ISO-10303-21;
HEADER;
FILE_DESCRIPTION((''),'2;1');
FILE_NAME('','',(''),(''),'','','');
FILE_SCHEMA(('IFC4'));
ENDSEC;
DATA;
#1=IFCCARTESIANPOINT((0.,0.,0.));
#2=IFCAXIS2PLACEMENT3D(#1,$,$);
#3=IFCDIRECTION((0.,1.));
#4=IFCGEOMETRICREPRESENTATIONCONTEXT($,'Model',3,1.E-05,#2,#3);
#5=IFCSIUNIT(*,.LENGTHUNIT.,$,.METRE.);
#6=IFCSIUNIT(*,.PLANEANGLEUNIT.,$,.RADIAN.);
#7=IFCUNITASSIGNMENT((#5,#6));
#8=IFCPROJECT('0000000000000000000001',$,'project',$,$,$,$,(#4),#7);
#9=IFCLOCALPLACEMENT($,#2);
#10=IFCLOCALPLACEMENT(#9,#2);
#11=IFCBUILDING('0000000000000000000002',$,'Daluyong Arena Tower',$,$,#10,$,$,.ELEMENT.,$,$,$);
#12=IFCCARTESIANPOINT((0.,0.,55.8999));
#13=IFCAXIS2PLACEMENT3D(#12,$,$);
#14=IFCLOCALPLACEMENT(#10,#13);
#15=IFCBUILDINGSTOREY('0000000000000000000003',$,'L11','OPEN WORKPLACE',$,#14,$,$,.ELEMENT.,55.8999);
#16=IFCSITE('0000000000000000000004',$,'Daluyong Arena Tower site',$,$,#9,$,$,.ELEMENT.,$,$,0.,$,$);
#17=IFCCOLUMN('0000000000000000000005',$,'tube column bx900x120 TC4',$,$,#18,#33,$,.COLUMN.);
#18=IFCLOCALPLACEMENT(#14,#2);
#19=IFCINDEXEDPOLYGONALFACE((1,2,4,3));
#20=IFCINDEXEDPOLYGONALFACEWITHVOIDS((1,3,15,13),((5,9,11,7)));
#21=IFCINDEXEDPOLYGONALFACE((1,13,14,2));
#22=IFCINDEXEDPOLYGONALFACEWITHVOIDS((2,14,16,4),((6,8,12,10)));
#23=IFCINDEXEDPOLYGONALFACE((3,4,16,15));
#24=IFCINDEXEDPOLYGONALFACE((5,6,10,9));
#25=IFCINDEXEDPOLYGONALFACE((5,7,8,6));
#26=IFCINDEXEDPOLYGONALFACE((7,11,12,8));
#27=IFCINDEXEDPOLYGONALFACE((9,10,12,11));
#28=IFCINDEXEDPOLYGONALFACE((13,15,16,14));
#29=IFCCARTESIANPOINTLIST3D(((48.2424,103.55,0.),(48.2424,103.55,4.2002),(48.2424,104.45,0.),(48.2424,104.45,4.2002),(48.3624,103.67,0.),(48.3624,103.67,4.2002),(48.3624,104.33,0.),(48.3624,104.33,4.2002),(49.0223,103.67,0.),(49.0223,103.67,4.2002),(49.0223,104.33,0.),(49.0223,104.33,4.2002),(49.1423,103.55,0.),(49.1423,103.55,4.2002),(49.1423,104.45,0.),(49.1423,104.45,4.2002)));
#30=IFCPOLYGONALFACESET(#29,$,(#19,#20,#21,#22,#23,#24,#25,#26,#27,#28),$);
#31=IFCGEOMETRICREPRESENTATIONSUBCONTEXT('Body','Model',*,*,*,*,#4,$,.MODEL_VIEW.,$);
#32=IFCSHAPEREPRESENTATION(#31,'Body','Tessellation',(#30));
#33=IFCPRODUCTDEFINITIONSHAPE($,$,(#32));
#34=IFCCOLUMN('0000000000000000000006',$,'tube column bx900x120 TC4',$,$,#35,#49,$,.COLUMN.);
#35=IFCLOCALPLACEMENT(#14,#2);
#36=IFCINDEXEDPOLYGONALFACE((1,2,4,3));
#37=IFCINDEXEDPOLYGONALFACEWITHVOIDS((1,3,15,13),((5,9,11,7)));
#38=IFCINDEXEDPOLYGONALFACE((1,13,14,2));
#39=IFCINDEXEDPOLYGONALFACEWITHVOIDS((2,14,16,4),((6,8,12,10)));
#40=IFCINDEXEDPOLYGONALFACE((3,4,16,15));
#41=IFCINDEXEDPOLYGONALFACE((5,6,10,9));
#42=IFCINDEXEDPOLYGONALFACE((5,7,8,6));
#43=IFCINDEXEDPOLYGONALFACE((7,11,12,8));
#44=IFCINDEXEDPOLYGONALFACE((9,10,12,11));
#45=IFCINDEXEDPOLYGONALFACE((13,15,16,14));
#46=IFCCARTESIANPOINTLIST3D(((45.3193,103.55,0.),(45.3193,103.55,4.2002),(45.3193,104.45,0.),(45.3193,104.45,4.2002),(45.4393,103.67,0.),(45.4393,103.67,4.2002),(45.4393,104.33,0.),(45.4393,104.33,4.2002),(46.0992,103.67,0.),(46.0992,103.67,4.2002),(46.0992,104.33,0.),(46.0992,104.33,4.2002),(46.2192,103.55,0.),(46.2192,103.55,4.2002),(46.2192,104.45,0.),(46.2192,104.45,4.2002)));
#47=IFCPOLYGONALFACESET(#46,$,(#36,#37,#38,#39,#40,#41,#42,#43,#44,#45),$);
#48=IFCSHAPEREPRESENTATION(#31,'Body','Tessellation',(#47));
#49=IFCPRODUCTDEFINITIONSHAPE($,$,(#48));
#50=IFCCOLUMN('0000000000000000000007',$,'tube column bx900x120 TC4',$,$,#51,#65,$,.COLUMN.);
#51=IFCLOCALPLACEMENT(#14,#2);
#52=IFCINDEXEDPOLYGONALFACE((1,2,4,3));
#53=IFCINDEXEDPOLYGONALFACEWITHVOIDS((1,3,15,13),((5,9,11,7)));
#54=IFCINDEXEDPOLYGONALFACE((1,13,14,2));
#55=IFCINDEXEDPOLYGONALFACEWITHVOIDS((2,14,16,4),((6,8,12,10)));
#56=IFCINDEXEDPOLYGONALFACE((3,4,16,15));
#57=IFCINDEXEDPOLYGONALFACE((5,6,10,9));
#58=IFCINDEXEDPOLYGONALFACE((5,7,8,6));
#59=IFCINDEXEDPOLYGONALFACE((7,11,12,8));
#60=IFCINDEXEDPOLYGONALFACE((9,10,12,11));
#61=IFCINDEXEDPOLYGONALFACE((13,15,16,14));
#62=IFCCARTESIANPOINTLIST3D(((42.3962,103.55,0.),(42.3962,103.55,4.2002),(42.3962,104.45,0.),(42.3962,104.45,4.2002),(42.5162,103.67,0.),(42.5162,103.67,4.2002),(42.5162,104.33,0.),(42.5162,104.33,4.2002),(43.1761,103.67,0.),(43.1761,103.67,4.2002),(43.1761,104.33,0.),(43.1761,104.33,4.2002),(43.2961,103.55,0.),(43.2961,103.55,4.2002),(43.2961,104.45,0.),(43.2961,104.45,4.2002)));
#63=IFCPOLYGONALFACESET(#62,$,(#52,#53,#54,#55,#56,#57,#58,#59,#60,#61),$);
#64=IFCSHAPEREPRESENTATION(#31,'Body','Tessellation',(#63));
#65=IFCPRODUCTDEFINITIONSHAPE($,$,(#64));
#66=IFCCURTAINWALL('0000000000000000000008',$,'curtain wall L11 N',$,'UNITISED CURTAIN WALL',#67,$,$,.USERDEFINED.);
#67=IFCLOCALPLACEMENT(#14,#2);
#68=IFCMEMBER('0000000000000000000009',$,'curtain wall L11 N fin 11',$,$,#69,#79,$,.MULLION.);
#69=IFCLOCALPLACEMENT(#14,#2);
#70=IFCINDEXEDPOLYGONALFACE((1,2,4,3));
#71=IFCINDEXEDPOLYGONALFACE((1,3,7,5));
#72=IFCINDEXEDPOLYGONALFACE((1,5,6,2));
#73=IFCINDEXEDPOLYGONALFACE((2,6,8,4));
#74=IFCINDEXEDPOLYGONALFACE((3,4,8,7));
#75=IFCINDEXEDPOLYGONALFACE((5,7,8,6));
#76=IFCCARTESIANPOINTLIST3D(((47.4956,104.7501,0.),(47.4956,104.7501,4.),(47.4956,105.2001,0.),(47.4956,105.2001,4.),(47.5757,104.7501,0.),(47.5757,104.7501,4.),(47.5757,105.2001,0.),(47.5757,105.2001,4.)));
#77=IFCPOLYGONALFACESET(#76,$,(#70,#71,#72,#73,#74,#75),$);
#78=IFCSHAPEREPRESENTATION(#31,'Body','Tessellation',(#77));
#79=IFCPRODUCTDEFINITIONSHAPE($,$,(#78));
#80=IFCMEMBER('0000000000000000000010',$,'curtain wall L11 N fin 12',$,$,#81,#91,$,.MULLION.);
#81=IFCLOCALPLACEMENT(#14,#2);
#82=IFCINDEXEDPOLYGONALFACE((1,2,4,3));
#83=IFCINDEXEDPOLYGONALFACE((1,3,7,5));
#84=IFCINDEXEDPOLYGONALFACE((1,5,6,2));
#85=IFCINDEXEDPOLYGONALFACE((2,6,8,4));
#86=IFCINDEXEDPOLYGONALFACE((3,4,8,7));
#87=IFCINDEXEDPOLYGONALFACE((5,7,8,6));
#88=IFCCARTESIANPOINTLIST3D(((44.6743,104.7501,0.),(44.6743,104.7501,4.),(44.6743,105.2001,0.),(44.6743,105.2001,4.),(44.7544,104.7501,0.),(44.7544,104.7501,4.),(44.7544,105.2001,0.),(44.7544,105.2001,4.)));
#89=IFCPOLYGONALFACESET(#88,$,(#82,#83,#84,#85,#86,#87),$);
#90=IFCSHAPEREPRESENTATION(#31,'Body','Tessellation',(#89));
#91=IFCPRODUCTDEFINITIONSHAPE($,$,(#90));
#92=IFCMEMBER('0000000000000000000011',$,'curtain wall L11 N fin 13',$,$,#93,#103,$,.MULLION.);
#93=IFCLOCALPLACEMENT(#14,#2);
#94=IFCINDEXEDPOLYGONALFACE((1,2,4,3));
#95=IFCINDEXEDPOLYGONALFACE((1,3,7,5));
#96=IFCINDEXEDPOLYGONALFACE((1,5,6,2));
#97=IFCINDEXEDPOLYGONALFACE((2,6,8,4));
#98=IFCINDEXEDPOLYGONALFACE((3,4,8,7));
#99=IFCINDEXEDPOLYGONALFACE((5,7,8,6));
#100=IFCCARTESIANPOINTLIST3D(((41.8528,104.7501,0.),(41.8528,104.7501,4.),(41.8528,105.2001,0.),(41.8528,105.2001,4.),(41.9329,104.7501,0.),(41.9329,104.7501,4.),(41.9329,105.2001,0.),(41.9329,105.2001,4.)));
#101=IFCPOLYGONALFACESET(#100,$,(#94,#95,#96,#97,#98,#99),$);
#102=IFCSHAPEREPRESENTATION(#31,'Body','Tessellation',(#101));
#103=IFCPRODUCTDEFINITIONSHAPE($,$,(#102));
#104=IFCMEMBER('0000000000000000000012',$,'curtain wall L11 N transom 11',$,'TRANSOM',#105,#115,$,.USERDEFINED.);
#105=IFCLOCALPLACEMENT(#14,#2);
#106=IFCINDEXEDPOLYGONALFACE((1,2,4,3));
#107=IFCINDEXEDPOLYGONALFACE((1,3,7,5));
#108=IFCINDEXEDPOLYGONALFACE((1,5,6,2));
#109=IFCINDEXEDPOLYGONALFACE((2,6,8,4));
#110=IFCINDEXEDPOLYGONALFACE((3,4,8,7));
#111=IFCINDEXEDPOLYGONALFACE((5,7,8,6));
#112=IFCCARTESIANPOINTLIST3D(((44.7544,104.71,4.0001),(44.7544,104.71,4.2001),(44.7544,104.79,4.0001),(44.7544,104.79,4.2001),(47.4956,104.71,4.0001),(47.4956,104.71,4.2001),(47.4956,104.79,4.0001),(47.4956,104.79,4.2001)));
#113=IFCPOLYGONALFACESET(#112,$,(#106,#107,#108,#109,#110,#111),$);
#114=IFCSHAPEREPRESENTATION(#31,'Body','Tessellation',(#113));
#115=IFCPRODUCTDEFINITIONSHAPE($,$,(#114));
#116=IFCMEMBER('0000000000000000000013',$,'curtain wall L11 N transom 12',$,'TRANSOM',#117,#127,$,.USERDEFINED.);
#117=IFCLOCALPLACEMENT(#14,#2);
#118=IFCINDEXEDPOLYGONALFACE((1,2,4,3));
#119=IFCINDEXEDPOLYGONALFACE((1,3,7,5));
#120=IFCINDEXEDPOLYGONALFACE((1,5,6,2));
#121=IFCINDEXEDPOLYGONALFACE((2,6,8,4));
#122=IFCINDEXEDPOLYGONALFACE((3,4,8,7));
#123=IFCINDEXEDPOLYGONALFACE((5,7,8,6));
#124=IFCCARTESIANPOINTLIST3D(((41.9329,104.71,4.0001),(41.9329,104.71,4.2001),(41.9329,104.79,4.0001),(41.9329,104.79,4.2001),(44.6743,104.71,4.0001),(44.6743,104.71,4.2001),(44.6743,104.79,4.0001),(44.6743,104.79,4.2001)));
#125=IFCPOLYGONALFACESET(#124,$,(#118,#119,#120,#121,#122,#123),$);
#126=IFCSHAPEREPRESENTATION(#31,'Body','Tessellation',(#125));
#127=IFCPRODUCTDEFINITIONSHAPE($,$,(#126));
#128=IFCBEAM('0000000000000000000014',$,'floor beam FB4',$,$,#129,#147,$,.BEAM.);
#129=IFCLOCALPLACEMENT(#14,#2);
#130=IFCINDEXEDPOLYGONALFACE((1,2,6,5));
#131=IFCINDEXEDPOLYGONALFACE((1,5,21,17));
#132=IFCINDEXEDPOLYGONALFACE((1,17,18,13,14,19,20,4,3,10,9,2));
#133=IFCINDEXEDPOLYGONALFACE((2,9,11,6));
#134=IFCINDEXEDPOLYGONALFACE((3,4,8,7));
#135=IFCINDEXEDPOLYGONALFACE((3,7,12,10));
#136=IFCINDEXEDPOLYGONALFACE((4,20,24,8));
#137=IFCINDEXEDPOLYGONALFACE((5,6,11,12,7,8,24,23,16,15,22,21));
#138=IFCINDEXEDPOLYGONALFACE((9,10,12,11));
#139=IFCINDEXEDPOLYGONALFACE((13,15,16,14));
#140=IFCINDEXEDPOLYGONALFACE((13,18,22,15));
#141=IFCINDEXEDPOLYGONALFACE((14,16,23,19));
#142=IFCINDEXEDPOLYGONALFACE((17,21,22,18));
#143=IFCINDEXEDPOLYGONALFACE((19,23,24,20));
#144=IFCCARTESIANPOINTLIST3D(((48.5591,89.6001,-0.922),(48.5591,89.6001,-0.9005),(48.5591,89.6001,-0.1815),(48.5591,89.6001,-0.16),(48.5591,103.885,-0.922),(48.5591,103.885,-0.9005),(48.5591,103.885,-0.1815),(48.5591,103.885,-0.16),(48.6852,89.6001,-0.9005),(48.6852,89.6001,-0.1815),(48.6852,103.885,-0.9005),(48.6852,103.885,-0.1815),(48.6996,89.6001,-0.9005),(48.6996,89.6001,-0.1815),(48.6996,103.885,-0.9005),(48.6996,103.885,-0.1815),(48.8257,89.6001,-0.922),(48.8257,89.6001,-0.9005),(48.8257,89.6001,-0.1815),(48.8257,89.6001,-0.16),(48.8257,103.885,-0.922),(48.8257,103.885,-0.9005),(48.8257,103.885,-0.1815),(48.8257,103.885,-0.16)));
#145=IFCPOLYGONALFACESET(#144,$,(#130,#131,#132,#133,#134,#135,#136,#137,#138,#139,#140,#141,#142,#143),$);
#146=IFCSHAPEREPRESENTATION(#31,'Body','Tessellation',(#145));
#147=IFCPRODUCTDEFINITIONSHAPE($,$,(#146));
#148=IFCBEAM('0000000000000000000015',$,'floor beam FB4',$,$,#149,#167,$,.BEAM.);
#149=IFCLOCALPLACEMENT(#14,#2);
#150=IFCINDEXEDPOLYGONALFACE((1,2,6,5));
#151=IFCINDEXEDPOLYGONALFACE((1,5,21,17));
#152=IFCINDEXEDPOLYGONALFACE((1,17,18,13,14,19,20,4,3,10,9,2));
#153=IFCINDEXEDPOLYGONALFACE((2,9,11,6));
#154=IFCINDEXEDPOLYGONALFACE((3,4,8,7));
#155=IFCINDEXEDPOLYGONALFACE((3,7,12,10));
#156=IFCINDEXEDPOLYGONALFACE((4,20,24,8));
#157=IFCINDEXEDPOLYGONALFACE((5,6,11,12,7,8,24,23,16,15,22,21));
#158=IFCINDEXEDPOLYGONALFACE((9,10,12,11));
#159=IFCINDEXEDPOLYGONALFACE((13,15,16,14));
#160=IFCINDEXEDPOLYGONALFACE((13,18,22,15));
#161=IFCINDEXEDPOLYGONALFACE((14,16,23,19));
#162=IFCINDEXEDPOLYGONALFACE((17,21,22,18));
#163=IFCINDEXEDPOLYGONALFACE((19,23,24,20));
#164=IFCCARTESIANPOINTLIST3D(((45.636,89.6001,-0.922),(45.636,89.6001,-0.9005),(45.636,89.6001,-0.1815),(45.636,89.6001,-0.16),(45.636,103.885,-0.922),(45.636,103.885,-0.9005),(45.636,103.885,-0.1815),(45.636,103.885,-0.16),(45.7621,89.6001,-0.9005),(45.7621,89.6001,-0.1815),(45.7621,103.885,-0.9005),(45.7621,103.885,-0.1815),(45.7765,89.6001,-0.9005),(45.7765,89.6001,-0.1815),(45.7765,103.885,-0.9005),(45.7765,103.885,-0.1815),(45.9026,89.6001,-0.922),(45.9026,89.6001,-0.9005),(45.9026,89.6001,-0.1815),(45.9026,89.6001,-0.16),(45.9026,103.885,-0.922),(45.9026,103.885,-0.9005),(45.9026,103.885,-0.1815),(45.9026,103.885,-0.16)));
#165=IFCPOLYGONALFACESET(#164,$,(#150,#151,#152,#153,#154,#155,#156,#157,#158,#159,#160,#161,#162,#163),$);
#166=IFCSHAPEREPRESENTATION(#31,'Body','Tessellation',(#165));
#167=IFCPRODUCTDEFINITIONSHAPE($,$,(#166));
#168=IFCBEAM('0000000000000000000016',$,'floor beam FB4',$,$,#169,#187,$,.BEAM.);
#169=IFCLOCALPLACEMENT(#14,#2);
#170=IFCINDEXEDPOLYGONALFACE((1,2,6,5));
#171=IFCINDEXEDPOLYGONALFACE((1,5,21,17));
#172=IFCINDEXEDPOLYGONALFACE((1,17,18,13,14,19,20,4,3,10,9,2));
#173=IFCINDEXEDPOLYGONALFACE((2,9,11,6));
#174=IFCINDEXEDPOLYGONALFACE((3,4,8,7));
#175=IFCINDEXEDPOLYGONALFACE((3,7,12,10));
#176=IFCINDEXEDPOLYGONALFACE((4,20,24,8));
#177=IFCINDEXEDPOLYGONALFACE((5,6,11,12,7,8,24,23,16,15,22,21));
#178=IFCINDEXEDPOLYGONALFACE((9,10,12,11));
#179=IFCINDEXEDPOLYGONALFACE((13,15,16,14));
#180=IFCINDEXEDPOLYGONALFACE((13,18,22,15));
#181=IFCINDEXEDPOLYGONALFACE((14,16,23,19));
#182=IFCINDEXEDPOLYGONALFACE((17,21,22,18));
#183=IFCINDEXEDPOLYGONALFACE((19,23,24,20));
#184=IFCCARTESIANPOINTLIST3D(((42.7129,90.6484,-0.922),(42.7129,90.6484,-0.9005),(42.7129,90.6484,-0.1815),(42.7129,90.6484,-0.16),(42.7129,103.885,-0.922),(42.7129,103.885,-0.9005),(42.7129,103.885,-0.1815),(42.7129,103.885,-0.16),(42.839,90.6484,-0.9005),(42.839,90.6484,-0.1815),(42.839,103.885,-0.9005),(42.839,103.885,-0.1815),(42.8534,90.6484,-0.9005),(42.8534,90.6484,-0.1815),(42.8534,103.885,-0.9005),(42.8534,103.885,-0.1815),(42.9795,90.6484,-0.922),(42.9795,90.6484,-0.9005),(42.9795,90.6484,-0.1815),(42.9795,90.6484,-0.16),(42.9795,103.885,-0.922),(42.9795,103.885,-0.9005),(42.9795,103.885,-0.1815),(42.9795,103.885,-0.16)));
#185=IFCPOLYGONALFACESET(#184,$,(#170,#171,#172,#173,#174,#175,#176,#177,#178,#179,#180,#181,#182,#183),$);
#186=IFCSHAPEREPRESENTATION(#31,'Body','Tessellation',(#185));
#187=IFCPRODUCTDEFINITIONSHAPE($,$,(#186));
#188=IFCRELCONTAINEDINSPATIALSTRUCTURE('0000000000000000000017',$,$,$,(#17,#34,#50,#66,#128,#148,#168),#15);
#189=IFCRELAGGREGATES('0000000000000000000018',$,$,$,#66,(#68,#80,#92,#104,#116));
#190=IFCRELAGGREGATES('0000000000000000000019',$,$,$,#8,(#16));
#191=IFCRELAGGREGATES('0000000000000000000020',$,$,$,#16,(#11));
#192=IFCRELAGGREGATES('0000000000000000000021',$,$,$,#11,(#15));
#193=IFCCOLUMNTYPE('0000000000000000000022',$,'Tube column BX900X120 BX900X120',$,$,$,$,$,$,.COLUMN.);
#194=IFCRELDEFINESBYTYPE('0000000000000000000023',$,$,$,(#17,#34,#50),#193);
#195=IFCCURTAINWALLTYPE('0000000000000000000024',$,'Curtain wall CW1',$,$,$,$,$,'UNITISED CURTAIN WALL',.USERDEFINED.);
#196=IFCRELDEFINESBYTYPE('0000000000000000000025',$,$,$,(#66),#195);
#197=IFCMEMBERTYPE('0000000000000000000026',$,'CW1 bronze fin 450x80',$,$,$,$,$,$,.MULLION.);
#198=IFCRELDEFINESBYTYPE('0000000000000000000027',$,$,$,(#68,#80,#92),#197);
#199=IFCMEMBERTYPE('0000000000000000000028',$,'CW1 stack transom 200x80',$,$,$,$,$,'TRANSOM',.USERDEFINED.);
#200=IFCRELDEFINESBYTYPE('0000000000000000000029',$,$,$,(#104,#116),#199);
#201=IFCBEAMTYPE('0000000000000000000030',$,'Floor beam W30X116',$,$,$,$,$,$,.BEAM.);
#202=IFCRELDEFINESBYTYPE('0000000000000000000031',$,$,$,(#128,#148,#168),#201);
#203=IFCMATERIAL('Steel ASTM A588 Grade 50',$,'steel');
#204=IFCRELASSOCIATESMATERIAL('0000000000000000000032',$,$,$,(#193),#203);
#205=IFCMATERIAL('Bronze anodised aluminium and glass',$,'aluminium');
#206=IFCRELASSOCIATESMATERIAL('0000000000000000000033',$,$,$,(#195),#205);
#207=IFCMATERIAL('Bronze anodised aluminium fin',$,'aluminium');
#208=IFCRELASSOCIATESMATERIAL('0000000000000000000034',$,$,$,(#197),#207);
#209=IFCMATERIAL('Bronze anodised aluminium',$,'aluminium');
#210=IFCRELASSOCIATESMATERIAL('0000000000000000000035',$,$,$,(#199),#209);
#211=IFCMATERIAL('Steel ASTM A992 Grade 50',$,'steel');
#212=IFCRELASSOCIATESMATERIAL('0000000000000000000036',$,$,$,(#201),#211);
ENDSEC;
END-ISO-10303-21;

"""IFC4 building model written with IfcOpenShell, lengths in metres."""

from ifc_helpers import new_model, si_unit, direction, frame, origin, origin_2d, place, context, subcontext, project, spatial, rectangle, hollow_rectangle, i_section, extrude, material, material_profile, profile_set, type_object, element, aggregate, save


model = new_model("IFC4")

# Units and contexts
model_context = context("Model", 3, precision=1e-05, world=origin(), true_north=direction((0.0, 1.0)))
body_context = subcontext(model_context, "Body", "Model", "MODEL_VIEW")
ifc_project = project(units=[si_unit("LENGTHUNIT", "METRE"), si_unit("PLANEANGLEUNIT", "RADIAN")], contexts=[model_context])

# Site, building, storey
site_placement = place(None, origin())
site = spatial("IfcSite", under=ifc_project, at=site_placement, Name="Daluyong Arena Tower site", CompositionType="ELEMENT", RefElevation=0.0)
building_placement = place(site_placement, origin())
building = spatial("IfcBuilding", under=site, at=building_placement, Name="Daluyong Arena Tower", CompositionType="ELEMENT")
storey_placement = place(building_placement, frame((0.0, 0.0, 55.8999)))
storey = spatial("IfcBuildingStorey", under=building, at=storey_placement, Name="L11", Description="OPEN WORKPLACE", CompositionType="ELEMENT", Elevation=55.8999)

# Columns
ifc_material_1 = material(Name="Steel ASTM A588 Grade 50", Category="steel")
ifc_material_profile_1 = material_profile(ifc_material_1, hollow_rectangle(XDim=0.8999, YDim=0.8999, WallThickness=0.12, at=origin_2d()))
ifc_profile_set_1 = profile_set([ifc_material_profile_1], Name="Steel ASTM A588 Grade 50")
column_type = type_object("IfcColumnType", Name="Tube column BX900X120 BX900X120", PredefinedType="COLUMN", material=ifc_profile_set_1)
for number, where, z_axis, x_axis, name in (
    (1, (48.6924, 104.0, 0.0), (0.0, 0.0, 1.0), (1.0, 0.0, 0.0), "tube column bx900x120 TC4"),
    (2, (45.7693, 104.0, 0.0), (0.0, 0.0, 1.0), (1.0, 0.0, 0.0), "tube column bx900x120 TC4"),
    (3, (42.8462, 104.0, 0.0), (0.0, 0.0, 1.0), (1.0, 0.0, 0.0), "tube column bx900x120 TC4"),
):
    element("IfcColumn", number, at=place(storey_placement, frame(where, z_axis=z_axis, x_axis=x_axis)), inside=storey, type_object=column_type, Name=name, PredefinedType="COLUMN", context=body_context, shape_type="SweptSolid", body=[
        extrude(hollow_rectangle(XDim=0.8999, YDim=0.8999, WallThickness=0.12, at=origin_2d()), origin(), (0.0, 0.0, 1.0), 4.2002),
    ])

# Curtain wall, members
ifc_material_2 = material(Name="Bronze anodised aluminium and glass", Category="aluminium")
curtain_wall_type = type_object("IfcCurtainWallType", Name="Curtain wall CW1", ElementType="UNITISED CURTAIN WALL", PredefinedType="USERDEFINED", material=ifc_material_2)
curtain_wall_placement = place(storey_placement, origin())
curtain_wall = element("IfcCurtainWall", 4, at=curtain_wall_placement, inside=storey, type_object=curtain_wall_type, Name="curtain wall L11 N", ObjectType="UNITISED CURTAIN WALL", PredefinedType="USERDEFINED")
ifc_material_3 = material(Name="Bronze anodised aluminium fin", Category="aluminium")
ifc_material_profile_2 = material_profile(ifc_material_3, rectangle(XDim=0.45, YDim=0.0801, at=origin_2d()))
ifc_profile_set_2 = profile_set([ifc_material_profile_2], Name="Bronze anodised aluminium fin")
member_type_1 = type_object("IfcMemberType", Name="CW1 bronze fin 450x80", PredefinedType="MULLION", material=ifc_profile_set_2)
member_1_placement = place(storey_placement, frame((47.5356, 104.9751, 0.0), z_axis=(0.0, 0.0, 1.0), x_axis=(0.0, -1.0, 0.0)))
member_1 = element("IfcMember", 5, at=member_1_placement, type_object=member_type_1, Name="curtain wall L11 N fin 11", PredefinedType="MULLION", context=body_context, shape_type="SweptSolid", body=[
    extrude(rectangle(XDim=0.45, YDim=0.0801, at=origin_2d()), origin(), (0.0, 0.0, 1.0), 4.0),
])
member_2_placement = place(storey_placement, frame((44.7144, 104.9751, 0.0), z_axis=(0.0, 0.0, 1.0), x_axis=(0.0, -1.0, 0.0)))
member_2 = element("IfcMember", 6, at=member_2_placement, type_object=member_type_1, Name="curtain wall L11 N fin 12", PredefinedType="MULLION", context=body_context, shape_type="SweptSolid", body=[
    extrude(rectangle(XDim=0.45, YDim=0.0801, at=origin_2d()), origin(), (0.0, 0.0, 1.0), 4.0),
])
member_3_placement = place(storey_placement, frame((41.8928, 104.9751, 0.0), z_axis=(0.0, 0.0, 1.0), x_axis=(0.0, -1.0, 0.0)))
member_3 = element("IfcMember", 7, at=member_3_placement, type_object=member_type_1, Name="curtain wall L11 N fin 13", PredefinedType="MULLION", context=body_context, shape_type="SweptSolid", body=[
    extrude(rectangle(XDim=0.45, YDim=0.0801, at=origin_2d()), origin(), (0.0, 0.0, 1.0), 4.0),
])
ifc_material_4 = material(Name="Bronze anodised aluminium", Category="aluminium")
ifc_material_profile_3 = material_profile(ifc_material_4, rectangle(XDim=0.0801, YDim=0.2, at=origin_2d()))
ifc_profile_set_3 = profile_set([ifc_material_profile_3], Name="Bronze anodised aluminium")
member_type_2 = type_object("IfcMemberType", Name="CW1 stack transom 200x80", ElementType="TRANSOM", PredefinedType="USERDEFINED", material=ifc_profile_set_3)
member_4_placement = place(storey_placement, frame((47.4956, 104.75, 4.1001), z_axis=(-1.0, 0.0, 0.0), x_axis=(0.0, -1.0, 0.0)))
member_4 = element("IfcMember", 8, at=member_4_placement, type_object=member_type_2, Name="curtain wall L11 N transom 11", ObjectType="TRANSOM", PredefinedType="USERDEFINED", context=body_context, shape_type="SweptSolid", body=[
    extrude(rectangle(XDim=0.0801, YDim=0.2, at=origin_2d()), origin(), (0.0, 0.0, 1.0), 2.7412),
])
member_5_placement = place(storey_placement, frame((44.6743, 104.75, 4.1001), z_axis=(-1.0, 0.0, 0.0), x_axis=(0.0, -1.0, 0.0)))
member_5 = element("IfcMember", 9, at=member_5_placement, type_object=member_type_2, Name="curtain wall L11 N transom 12", ObjectType="TRANSOM", PredefinedType="USERDEFINED", context=body_context, shape_type="SweptSolid", body=[
    extrude(rectangle(XDim=0.0801, YDim=0.2, at=origin_2d()), origin(), (0.0, 0.0, 1.0), 2.7415),
])

# Beams
ifc_material_5 = material(Name="Steel ASTM A992 Grade 50", Category="steel")
ifc_material_profile_4 = material_profile(ifc_material_5, i_section(OverallWidth=0.2666, OverallDepth=0.762, WebThickness=0.0144, FlangeThickness=0.0215, at=origin_2d()))
ifc_profile_set_4 = profile_set([ifc_material_profile_4], Name="Steel ASTM A992 Grade 50")
beam_type_1 = type_object("IfcBeamType", Name="Floor beam W30X116", PredefinedType="BEAM", material=ifc_profile_set_4)
for number, where, z_axis, x_axis, name in (
    (10, (48.6924, 103.885, -0.541), (0.0, -1.0, 0.0), (1.0, 0.0, 0.0), "floor beam FB4"),
    (11, (45.7693, 103.885, -0.541), (0.0, -1.0, 0.0), (1.0, 0.0, 0.0), "floor beam FB4"),
):
    element("IfcBeam", number, at=place(storey_placement, frame(where, z_axis=z_axis, x_axis=x_axis)), inside=storey, type_object=beam_type_1, Name=name, PredefinedType="BEAM", context=body_context, shape_type="SweptSolid", body=[
        extrude(i_section(OverallWidth=0.2666, OverallDepth=0.762, WebThickness=0.0144, FlangeThickness=0.0215, at=origin_2d()), origin(), (0.0, 0.0, 1.0), 14.2849),
    ])
beam_placement = place(storey_placement, frame((42.8462, 103.885, -0.541), z_axis=(0.0, -1.0, 0.0), x_axis=(1.0, 0.0, 0.0)))
element("IfcBeam", 12, at=beam_placement, inside=storey, type_object=beam_type_1, Name="floor beam FB4", PredefinedType="BEAM", context=body_context, shape_type="SweptSolid", body=[
    extrude(i_section(OverallWidth=0.2666, OverallDepth=0.762, WebThickness=0.0144, FlangeThickness=0.0215, at=origin_2d()), origin(), (0.0, 0.0, 1.0), 13.2366),
])

aggregate(curtain_wall, [member_1, member_2, member_3, member_4, member_5])

save(model, "model.ifc")
